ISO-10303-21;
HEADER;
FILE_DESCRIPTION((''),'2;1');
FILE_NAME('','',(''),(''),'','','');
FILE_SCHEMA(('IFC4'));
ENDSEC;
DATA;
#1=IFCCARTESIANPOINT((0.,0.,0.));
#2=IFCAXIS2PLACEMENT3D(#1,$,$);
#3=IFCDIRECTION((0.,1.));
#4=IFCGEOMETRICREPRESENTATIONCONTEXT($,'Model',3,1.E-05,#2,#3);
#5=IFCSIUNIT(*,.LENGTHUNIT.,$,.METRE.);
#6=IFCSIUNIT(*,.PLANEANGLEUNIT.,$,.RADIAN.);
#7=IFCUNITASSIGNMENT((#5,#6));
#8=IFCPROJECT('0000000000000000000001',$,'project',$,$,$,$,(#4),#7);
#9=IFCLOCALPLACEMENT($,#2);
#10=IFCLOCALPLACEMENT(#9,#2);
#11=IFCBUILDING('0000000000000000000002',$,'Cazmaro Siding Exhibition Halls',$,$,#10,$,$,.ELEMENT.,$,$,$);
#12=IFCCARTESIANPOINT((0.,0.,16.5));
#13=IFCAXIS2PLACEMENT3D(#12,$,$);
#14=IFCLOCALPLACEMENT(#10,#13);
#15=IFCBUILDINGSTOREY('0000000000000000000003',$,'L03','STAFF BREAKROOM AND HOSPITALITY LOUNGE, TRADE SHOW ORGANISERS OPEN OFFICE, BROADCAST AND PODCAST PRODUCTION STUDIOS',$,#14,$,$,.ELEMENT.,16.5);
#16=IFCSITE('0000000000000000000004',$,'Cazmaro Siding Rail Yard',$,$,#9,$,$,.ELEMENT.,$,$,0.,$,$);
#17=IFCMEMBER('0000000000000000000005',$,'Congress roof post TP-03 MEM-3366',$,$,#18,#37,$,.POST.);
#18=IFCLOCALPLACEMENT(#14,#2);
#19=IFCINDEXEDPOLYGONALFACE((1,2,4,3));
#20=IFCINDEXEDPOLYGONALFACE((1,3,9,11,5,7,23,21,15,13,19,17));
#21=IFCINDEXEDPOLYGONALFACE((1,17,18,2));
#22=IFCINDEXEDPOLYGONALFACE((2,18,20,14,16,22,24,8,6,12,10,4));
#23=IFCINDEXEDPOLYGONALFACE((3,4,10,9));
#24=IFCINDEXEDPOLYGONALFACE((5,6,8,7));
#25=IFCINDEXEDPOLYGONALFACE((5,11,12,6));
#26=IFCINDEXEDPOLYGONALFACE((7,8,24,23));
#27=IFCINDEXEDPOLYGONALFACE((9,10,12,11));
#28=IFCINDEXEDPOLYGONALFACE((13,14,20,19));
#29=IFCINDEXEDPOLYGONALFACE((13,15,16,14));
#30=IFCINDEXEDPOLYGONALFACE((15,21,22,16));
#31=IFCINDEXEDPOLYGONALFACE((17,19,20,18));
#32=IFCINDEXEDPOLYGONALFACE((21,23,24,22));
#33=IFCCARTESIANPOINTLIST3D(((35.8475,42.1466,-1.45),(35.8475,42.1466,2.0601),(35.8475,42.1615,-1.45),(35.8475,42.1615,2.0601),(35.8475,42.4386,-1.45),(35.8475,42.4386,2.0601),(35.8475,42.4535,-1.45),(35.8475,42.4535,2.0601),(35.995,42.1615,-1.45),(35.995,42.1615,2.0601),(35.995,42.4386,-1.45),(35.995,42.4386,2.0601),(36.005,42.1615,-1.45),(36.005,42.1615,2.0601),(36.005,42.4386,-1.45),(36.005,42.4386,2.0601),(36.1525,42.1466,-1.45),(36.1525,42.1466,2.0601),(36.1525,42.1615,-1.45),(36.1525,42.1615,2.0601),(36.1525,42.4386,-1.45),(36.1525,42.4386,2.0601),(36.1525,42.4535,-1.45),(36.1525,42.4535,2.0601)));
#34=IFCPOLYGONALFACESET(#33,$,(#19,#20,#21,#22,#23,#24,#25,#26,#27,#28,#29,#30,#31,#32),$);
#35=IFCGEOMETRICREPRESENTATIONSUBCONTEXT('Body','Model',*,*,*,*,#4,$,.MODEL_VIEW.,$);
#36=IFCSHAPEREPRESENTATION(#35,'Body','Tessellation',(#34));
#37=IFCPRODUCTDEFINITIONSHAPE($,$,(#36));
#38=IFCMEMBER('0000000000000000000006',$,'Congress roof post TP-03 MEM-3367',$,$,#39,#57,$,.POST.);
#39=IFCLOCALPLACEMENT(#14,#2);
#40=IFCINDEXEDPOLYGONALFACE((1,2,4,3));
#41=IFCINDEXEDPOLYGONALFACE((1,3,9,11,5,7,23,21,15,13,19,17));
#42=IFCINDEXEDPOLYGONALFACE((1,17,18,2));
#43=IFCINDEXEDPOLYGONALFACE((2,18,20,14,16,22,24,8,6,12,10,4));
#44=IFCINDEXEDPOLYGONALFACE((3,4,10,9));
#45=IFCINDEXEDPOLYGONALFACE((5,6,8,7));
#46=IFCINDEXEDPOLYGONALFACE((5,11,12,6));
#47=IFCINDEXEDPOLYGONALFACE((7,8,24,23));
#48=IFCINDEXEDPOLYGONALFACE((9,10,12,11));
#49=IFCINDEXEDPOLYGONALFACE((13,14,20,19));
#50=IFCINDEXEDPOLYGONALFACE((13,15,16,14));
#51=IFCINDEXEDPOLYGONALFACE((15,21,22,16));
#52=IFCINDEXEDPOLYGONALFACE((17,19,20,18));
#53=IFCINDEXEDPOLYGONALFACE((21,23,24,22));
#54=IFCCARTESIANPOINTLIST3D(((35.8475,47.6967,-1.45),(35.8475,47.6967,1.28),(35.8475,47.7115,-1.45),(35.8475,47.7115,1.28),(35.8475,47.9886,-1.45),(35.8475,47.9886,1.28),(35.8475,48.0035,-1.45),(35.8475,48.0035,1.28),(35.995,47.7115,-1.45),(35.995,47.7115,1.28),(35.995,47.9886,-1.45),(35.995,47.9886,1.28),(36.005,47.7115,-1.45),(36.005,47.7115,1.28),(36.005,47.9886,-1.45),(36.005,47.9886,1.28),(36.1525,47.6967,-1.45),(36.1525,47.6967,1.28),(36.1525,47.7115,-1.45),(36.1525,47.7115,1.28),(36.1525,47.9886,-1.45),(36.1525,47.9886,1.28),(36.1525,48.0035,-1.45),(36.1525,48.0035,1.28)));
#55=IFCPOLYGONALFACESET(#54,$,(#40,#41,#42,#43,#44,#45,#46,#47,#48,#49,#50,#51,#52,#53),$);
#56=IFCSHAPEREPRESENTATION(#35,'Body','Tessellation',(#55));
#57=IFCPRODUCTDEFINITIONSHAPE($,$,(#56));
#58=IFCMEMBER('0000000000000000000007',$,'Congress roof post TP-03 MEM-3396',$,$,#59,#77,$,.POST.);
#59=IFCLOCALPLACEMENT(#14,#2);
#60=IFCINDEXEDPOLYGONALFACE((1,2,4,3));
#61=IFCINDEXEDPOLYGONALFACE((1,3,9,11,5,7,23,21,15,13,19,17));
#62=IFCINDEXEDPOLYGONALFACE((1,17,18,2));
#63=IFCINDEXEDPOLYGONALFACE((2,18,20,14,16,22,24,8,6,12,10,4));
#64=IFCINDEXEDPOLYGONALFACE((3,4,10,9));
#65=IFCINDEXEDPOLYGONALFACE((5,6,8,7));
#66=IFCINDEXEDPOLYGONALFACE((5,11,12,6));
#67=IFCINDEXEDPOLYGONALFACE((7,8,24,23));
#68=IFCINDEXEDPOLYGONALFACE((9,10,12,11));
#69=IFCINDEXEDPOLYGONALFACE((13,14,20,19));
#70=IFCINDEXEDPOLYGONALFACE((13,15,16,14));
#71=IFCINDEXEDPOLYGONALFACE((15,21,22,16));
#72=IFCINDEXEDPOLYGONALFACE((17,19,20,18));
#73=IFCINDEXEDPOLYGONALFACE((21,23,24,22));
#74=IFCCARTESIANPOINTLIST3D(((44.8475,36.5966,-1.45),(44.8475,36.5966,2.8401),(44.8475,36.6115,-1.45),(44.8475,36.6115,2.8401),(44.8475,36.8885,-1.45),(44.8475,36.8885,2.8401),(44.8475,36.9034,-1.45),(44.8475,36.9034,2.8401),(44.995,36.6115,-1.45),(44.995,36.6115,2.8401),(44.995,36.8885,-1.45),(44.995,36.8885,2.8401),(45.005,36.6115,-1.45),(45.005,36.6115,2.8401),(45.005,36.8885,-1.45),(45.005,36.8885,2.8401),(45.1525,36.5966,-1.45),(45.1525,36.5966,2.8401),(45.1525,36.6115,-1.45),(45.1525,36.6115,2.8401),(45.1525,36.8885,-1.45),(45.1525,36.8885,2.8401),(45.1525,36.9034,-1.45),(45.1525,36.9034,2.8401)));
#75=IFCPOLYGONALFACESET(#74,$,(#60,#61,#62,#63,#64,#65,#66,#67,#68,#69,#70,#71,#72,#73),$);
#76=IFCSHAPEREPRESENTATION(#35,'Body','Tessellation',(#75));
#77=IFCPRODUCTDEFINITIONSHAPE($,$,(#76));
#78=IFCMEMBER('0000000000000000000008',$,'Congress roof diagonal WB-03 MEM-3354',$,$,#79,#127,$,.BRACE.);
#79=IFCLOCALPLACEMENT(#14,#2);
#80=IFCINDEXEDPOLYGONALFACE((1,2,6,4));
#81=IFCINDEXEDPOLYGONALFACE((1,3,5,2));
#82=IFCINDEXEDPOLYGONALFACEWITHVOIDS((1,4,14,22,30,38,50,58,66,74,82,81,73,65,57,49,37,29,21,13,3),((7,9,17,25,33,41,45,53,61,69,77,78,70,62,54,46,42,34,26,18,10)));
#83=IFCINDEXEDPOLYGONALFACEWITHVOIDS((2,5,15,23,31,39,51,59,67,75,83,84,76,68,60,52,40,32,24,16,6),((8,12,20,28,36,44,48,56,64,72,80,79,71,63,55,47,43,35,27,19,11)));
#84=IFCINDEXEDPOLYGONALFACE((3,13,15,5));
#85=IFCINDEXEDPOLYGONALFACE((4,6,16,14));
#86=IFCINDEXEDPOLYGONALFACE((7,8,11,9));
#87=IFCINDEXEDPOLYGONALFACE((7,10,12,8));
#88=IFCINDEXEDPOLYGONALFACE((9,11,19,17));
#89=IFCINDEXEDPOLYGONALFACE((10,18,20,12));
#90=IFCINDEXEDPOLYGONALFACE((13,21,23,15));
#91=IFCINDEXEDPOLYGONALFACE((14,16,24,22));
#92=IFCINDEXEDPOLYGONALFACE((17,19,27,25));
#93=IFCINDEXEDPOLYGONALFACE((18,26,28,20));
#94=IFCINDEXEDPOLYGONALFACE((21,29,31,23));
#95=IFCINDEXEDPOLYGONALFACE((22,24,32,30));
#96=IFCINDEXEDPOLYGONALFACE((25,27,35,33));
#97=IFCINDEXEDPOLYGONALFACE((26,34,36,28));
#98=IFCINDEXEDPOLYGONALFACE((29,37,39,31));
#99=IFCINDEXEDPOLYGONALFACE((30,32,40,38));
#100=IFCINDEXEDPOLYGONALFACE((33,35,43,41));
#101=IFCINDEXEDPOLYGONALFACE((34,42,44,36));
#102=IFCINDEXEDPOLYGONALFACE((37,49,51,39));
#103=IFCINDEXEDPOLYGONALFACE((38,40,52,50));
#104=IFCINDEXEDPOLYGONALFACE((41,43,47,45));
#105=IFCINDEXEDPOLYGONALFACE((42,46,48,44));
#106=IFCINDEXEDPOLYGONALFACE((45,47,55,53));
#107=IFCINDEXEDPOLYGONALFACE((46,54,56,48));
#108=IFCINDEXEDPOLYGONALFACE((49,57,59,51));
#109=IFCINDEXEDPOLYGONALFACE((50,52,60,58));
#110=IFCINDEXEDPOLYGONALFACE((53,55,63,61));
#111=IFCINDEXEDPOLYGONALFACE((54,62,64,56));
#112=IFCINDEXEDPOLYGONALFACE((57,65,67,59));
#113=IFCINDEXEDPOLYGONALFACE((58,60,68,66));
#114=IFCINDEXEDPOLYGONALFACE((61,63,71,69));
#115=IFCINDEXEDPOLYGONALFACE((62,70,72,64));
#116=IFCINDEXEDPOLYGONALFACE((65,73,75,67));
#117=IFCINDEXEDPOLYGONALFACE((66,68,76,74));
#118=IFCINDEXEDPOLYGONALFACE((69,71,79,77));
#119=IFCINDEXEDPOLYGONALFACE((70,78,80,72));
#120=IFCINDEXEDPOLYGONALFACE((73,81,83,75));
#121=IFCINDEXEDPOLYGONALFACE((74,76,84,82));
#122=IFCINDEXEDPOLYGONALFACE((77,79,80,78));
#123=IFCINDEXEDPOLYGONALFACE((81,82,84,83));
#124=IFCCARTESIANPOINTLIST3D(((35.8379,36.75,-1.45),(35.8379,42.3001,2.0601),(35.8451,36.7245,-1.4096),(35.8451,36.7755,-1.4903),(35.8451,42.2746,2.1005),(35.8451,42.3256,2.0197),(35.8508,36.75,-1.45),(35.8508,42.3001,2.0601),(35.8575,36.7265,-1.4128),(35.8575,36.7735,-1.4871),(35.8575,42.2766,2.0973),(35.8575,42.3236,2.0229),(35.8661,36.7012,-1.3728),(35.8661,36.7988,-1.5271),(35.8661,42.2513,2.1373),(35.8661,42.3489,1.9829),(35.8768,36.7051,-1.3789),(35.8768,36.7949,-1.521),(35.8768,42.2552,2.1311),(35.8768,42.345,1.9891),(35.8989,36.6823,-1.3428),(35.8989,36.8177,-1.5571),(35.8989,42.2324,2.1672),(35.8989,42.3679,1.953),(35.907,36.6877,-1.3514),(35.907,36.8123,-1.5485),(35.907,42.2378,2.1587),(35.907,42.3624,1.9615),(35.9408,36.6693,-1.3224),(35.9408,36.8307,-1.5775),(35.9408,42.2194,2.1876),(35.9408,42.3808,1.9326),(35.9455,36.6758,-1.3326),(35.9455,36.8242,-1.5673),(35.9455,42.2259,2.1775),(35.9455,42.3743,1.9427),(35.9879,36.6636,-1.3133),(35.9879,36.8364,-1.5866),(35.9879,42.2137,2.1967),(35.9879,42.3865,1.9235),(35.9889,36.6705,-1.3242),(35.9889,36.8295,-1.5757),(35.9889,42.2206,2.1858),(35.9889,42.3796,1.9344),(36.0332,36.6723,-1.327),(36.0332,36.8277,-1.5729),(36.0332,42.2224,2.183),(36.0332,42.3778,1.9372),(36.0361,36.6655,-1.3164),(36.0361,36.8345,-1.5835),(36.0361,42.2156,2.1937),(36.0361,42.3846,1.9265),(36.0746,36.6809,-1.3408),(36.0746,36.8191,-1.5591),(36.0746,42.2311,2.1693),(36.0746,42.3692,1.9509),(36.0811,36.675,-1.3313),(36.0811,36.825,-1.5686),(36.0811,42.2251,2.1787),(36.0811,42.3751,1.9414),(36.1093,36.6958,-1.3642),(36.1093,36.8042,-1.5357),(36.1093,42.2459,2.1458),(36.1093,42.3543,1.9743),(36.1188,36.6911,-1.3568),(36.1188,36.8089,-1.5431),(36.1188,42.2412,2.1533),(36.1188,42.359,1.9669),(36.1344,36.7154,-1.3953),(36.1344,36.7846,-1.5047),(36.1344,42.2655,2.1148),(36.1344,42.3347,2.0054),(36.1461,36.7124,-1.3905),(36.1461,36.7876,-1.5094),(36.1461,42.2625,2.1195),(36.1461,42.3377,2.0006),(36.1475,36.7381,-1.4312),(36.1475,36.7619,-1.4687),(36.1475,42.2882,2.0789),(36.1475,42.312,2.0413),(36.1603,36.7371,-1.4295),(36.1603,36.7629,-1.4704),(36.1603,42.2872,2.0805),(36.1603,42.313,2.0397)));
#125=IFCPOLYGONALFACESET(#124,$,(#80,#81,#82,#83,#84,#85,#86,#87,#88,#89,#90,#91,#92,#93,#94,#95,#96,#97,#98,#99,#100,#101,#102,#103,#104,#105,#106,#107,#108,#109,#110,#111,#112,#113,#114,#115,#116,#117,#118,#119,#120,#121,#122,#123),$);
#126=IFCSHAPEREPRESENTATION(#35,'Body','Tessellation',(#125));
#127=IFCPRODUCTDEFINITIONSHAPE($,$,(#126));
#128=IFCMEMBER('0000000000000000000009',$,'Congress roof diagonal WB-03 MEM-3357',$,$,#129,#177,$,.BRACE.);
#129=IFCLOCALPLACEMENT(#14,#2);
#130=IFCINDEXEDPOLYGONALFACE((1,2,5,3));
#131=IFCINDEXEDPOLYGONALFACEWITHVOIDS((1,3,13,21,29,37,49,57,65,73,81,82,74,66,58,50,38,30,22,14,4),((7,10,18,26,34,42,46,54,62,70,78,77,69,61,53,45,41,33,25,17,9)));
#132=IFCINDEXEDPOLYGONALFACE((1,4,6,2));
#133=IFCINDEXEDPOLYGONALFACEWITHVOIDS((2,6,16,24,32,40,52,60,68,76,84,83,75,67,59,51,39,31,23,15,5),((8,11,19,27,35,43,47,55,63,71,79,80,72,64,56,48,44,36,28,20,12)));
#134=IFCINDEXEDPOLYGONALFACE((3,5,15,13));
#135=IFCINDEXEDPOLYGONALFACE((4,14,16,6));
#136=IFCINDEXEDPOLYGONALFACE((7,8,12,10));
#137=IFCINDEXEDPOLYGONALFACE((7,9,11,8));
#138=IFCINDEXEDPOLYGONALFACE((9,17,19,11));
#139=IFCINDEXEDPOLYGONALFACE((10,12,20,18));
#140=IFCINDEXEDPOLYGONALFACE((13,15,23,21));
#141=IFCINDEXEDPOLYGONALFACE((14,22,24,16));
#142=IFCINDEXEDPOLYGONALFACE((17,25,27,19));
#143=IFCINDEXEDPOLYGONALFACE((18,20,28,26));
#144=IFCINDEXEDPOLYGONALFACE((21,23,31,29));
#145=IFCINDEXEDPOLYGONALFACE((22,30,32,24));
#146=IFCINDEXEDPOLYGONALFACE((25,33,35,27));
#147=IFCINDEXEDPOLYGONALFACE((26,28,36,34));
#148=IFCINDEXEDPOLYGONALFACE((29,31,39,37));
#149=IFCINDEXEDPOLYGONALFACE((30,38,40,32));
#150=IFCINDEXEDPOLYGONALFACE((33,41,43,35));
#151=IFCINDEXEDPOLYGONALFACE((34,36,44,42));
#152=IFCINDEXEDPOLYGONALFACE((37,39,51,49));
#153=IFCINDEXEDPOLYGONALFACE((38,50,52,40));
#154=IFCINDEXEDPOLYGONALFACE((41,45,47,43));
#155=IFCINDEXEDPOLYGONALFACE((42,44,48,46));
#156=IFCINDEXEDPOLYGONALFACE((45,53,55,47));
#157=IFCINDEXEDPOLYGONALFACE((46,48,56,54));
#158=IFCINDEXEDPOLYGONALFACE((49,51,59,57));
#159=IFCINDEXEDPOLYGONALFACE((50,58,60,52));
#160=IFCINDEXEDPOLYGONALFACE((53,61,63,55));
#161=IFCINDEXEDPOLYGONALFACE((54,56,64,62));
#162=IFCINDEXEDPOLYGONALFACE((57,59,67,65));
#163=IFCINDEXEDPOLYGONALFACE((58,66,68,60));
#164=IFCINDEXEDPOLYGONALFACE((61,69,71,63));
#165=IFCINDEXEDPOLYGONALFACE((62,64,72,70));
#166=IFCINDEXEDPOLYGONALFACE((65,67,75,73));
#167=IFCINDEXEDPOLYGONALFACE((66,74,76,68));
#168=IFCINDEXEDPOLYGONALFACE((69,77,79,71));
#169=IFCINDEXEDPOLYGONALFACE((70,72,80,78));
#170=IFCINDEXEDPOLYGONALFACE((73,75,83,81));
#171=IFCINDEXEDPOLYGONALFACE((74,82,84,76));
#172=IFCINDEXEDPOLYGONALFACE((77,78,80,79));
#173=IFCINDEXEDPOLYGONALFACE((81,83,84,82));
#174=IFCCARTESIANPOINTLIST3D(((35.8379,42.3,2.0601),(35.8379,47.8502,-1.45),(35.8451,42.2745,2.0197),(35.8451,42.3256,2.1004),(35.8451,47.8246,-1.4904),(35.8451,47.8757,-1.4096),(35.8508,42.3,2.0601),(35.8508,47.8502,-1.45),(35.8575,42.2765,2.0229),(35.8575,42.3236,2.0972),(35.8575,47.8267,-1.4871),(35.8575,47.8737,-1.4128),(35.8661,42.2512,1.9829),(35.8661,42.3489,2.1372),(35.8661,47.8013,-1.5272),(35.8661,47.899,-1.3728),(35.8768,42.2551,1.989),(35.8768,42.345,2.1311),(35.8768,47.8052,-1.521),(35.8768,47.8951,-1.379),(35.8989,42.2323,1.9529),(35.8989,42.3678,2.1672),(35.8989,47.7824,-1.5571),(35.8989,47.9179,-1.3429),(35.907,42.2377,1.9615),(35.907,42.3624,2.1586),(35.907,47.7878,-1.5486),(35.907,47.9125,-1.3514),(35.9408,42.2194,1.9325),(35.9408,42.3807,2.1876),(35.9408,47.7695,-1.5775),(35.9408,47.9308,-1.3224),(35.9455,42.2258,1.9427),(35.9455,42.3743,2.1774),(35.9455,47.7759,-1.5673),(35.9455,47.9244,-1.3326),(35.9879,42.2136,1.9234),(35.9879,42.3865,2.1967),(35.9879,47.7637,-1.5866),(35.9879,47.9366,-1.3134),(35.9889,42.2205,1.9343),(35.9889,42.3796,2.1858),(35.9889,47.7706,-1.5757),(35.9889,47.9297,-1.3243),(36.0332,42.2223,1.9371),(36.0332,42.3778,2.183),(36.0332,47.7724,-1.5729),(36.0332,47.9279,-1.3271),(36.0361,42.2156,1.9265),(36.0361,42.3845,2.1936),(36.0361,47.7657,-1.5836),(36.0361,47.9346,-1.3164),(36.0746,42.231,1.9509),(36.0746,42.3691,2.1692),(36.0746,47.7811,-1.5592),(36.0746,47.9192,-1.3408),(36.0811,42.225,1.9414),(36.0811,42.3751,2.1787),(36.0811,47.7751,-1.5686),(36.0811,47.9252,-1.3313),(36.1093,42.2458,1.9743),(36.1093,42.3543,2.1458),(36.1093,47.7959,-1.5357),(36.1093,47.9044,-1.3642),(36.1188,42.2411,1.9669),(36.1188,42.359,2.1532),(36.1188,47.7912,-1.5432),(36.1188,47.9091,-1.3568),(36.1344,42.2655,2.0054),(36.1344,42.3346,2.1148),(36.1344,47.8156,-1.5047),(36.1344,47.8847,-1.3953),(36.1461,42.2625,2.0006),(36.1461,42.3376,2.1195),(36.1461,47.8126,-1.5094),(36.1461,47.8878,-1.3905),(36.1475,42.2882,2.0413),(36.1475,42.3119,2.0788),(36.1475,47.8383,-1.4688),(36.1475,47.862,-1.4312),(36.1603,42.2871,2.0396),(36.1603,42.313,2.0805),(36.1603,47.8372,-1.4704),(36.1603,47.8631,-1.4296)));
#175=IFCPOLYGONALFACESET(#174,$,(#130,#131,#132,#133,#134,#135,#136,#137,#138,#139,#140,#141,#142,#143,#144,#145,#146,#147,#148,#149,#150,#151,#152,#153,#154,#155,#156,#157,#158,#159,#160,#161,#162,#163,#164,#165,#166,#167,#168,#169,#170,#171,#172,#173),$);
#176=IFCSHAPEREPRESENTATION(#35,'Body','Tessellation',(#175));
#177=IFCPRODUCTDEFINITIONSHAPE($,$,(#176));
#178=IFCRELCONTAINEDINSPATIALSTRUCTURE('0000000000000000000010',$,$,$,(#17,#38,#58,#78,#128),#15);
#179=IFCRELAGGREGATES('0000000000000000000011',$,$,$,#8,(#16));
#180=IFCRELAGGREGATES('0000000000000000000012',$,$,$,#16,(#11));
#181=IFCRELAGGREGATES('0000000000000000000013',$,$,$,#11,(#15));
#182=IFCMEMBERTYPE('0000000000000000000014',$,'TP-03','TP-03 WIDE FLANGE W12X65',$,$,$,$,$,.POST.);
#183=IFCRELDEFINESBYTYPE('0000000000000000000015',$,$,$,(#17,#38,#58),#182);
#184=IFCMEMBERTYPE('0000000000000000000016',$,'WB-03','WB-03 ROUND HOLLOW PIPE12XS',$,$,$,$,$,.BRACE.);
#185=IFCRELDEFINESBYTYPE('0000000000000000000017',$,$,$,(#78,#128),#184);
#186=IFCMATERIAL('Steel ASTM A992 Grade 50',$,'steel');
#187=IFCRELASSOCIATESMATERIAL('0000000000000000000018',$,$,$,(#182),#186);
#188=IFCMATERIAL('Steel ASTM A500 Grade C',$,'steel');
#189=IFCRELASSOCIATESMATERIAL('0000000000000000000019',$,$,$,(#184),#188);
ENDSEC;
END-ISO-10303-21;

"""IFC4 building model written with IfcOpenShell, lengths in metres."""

from ifc_helpers import new_model, si_unit, direction, frame, origin, origin_2d, place, context, subcontext, project, spatial, hollow_circle, i_section, extrude, material, material_profile, profile_set, type_object, element, save


model = new_model("IFC4")

# Units and contexts
model_context = context("Model", 3, precision=1e-05, world=origin(), true_north=direction((0.0, 1.0)))
body_context = subcontext(model_context, "Body", "Model", "MODEL_VIEW")
ifc_project = project(units=[si_unit("LENGTHUNIT", "METRE"), si_unit("PLANEANGLEUNIT", "RADIAN")], contexts=[model_context])

# Site, building, storey
site_placement = place(None, origin())
site = spatial("IfcSite", under=ifc_project, at=site_placement, Name="Cazmaro Siding Rail Yard", CompositionType="ELEMENT", RefElevation=0.0)
building_placement = place(site_placement, origin())
building = spatial("IfcBuilding", under=site, at=building_placement, Name="Cazmaro Siding Exhibition Halls", CompositionType="ELEMENT")
storey_placement = place(building_placement, frame((0.0, 0.0, 16.5)))
storey = spatial("IfcBuildingStorey", under=building, at=storey_placement, Name="L03", Description="STAFF BREAKROOM AND HOSPITALITY LOUNGE, TRADE SHOW ORGANISERS OPEN OFFICE, BROADCAST AND PODCAST PRODUCTION STUDIOS", CompositionType="ELEMENT", Elevation=16.5)

# Members
ifc_material_1 = material(Name="Steel ASTM A992 Grade 50", Category="steel")
ifc_material_profile_1 = material_profile(ifc_material_1, i_section(OverallWidth=0.3049, OverallDepth=0.3069, WebThickness=0.01, FlangeThickness=0.0149, at=origin_2d()), Name="W12X65")
ifc_profile_set_1 = profile_set([ifc_material_profile_1], Name="Steel ASTM A992 Grade 50")
member_type_1 = type_object("IfcMemberType", Name="TP-03", Description="TP-03 WIDE FLANGE W12X65", PredefinedType="POST", material=ifc_profile_set_1)
member_1_placement = place(storey_placement, frame((36.0, 42.3, -1.45), z_axis=(0.0, 0.0, 1.0), x_axis=(1.0, 0.0, 0.0)))
element("IfcMember", 1, at=member_1_placement, inside=storey, type_object=member_type_1, Name="Congress roof post TP-03 MEM-3366", PredefinedType="POST", context=body_context, shape_type="SweptSolid", body=[
    extrude(i_section(OverallWidth=0.3049, OverallDepth=0.3069, WebThickness=0.01, FlangeThickness=0.0149, at=origin_2d()), origin(), (0.0, 0.0, 1.0), 3.51),
])
member_2_placement = place(storey_placement, frame((36.0, 47.8501, -1.45), z_axis=(0.0, 0.0, 1.0), x_axis=(1.0, 0.0, 0.0)))
element("IfcMember", 2, at=member_2_placement, inside=storey, type_object=member_type_1, Name="Congress roof post TP-03 MEM-3367", PredefinedType="POST", context=body_context, shape_type="SweptSolid", body=[
    extrude(i_section(OverallWidth=0.3049, OverallDepth=0.3069, WebThickness=0.01, FlangeThickness=0.0149, at=origin_2d()), origin(), (0.0, 0.0, 1.0), 2.73),
])
member_3_placement = place(storey_placement, frame((45.0, 36.75, -1.45), z_axis=(0.0, 0.0, 1.0), x_axis=(1.0, 0.0, 0.0)))
element("IfcMember", 3, at=member_3_placement, inside=storey, type_object=member_type_1, Name="Congress roof post TP-03 MEM-3396", PredefinedType="POST", context=body_context, shape_type="SweptSolid", body=[
    extrude(i_section(OverallWidth=0.3049, OverallDepth=0.3069, WebThickness=0.01, FlangeThickness=0.0149, at=origin_2d()), origin(), (0.0, 0.0, 1.0), 4.29),
])
ifc_material_2 = material(Name="Steel ASTM A500 Grade C", Category="steel")
ifc_material_profile_2 = material_profile(ifc_material_2, hollow_circle(Radius=0.1621, WallThickness=0.0129, at=origin_2d()), Name="PIPE12XS")
ifc_profile_set_2 = profile_set([ifc_material_profile_2], Name="Steel ASTM A500 Grade C")
member_type_2 = type_object("IfcMemberType", Name="WB-03", Description="WB-03 ROUND HOLLOW PIPE12XS", PredefinedType="BRACE", material=ifc_profile_set_2)
for number, where, z_axis, x_axis, name in (
    (4, (36.0, 36.75, -1.45), (0.0, 0.845165, 0.534506), (-1.0, 0.0, 0.0), "Congress roof diagonal WB-03 MEM-3354"),
    (5, (36.0, 42.3, 2.0601), (0.0, 0.845165, -0.534506), (-1.0, 0.0, 0.0), "Congress roof diagonal WB-03 MEM-3357"),
):
    element("IfcMember", number, at=place(storey_placement, frame(where, z_axis=z_axis, x_axis=x_axis)), inside=storey, type_object=member_type_2, Name=name, PredefinedType="BRACE", context=body_context, shape_type="SweptSolid", body=[
        extrude(hollow_circle(Radius=0.1621, WallThickness=0.0129, at=origin_2d()), origin(), (0.0, 0.0, 1.0), 6.5669),
    ])

save(model, "model.ifc")
